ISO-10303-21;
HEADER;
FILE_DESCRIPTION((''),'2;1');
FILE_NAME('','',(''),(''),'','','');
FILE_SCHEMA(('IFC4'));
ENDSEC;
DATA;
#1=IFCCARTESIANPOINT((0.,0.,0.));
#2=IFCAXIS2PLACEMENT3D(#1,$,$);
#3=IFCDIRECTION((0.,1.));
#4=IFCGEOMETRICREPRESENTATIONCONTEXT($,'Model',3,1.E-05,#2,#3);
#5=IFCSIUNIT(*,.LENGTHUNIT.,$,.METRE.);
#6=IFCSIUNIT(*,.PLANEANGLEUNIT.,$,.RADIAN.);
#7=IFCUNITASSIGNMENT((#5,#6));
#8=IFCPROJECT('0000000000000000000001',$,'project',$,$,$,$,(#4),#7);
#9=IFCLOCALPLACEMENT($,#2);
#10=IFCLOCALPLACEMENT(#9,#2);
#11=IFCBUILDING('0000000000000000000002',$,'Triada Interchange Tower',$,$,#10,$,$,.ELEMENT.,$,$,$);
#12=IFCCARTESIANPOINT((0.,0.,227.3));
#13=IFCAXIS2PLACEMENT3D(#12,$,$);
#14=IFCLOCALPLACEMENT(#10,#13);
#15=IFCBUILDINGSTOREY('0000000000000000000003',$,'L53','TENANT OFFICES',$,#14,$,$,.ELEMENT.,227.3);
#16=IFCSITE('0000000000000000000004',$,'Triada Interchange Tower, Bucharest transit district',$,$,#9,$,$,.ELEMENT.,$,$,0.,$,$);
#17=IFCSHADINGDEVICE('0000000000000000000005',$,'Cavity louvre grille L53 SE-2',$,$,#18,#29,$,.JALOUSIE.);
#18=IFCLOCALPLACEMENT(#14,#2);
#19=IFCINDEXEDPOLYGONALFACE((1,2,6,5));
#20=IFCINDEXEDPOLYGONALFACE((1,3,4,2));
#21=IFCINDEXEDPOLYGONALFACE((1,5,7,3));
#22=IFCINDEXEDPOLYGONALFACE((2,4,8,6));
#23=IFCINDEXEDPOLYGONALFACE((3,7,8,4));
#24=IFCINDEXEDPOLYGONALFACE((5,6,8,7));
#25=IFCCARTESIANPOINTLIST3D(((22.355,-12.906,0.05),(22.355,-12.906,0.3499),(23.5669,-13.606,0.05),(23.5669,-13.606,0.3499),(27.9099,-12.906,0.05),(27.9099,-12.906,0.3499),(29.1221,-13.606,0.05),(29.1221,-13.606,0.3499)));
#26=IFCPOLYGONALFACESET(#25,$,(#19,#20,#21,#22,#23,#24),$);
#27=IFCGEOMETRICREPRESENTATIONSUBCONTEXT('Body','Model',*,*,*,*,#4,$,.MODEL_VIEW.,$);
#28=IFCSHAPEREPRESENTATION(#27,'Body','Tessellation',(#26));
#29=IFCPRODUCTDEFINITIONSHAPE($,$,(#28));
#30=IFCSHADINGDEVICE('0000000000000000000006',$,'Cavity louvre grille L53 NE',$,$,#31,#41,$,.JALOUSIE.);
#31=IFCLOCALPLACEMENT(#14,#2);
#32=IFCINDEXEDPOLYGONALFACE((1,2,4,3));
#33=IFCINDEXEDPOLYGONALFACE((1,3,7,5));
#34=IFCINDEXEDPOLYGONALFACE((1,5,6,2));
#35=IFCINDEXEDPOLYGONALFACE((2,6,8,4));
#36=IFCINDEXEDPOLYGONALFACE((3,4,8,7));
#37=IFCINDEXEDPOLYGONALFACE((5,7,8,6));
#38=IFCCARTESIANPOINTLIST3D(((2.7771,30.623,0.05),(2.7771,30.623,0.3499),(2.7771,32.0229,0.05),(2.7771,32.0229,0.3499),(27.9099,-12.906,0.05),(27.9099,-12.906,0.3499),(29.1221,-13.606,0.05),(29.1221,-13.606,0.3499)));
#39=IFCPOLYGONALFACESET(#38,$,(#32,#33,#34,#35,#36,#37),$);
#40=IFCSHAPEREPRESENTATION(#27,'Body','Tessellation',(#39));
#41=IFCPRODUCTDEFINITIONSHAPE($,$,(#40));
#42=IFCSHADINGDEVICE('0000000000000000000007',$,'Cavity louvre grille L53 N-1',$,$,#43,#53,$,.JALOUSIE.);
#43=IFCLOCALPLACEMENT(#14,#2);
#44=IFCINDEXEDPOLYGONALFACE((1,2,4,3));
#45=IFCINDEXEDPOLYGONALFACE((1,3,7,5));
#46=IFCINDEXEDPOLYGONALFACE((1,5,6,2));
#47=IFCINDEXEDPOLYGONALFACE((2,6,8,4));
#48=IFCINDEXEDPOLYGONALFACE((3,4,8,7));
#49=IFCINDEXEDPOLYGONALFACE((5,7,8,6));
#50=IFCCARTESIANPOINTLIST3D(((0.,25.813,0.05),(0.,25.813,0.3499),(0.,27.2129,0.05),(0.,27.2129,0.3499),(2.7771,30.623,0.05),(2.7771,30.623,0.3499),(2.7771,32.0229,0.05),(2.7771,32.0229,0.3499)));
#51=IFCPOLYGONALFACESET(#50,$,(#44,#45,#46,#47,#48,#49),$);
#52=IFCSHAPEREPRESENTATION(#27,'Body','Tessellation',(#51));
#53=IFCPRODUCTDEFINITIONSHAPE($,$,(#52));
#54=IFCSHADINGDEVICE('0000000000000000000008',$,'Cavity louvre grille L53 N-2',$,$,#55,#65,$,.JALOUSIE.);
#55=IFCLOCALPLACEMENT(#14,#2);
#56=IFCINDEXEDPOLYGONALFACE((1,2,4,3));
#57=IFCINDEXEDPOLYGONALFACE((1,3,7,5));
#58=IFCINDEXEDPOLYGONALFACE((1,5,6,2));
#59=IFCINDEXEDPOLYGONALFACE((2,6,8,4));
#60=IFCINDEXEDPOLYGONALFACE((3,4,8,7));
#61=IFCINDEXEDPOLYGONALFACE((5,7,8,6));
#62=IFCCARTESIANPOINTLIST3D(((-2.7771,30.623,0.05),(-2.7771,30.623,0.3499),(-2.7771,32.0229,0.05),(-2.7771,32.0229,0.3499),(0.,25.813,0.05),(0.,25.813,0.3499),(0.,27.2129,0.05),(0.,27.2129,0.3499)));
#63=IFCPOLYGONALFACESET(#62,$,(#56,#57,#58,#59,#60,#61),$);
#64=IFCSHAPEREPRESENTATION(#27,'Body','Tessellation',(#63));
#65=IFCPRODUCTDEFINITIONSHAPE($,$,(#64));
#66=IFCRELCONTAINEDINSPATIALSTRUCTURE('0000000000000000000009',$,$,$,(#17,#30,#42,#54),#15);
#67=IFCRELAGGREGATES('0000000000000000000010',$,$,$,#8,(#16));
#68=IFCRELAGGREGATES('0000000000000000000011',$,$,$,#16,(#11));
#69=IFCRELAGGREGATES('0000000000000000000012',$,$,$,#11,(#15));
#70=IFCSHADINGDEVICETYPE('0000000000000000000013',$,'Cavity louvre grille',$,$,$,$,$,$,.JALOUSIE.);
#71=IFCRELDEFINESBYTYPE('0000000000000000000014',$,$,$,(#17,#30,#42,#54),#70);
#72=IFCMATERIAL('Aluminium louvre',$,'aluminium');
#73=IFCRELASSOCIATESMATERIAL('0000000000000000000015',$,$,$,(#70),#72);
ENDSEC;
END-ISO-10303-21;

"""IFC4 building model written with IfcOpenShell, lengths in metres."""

from ifc_helpers import new_model, si_unit, direction, frame, origin, place, context, subcontext, project, spatial, polyline, outline, extrude, material, type_object, element, save


model = new_model("IFC4")

# Units and contexts
model_context = context("Model", 3, precision=1e-05, world=origin(), true_north=direction((0.0, 1.0)))
body_context = subcontext(model_context, "Body", "Model", "MODEL_VIEW")
ifc_project = project(units=[si_unit("LENGTHUNIT", "METRE"), si_unit("PLANEANGLEUNIT", "RADIAN")], contexts=[model_context])

# Site, building, storey
site_placement = place(None, origin())
site = spatial("IfcSite", under=ifc_project, at=site_placement, Name="Triada Interchange Tower, Bucharest transit district", CompositionType="ELEMENT", RefElevation=0.0)
building_placement = place(site_placement, origin())
building = spatial("IfcBuilding", under=site, at=building_placement, Name="Triada Interchange Tower", CompositionType="ELEMENT")
storey_placement = place(building_placement, frame((0.0, 0.0, 227.3)))
storey = spatial("IfcBuildingStorey", under=building, at=storey_placement, Name="L53", Description="TENANT OFFICES", CompositionType="ELEMENT", Elevation=227.3)

# Shading devices
ifc_material_1 = material(Name="Aluminium louvre", Category="aluminium")
shading_device_type = type_object("IfcShadingDeviceType", Name="Cavity louvre grille", PredefinedType="JALOUSIE", material=ifc_material_1)
shading_device_1_placement = place(storey_placement, frame((0.0, 0.0, 0.05)))
element("IfcShadingDevice", 1, at=shading_device_1_placement, inside=storey, type_object=shading_device_type, Name="Cavity louvre grille L53 SE-2", PredefinedType="JALOUSIE", context=body_context, shape_type="SweptSolid", body=[
    extrude(outline(polyline([(22.355, -12.906), (23.5669, -13.606), (29.1221, -13.606), (27.9099, -12.906), (22.355, -12.906)])), origin(), (0.0, 0.0, 1.0), 0.2998),
])
shading_device_2_placement = place(storey_placement, frame((0.0, 0.0, 0.05)))
element("IfcShadingDevice", 2, at=shading_device_2_placement, inside=storey, type_object=shading_device_type, Name="Cavity louvre grille L53 NE", PredefinedType="JALOUSIE", context=body_context, shape_type="SweptSolid", body=[
    extrude(outline(polyline([(27.9099, -12.906), (29.1221, -13.606), (2.7771, 32.0229), (2.7771, 30.623), (27.9099, -12.906)])), origin(), (0.0, 0.0, 1.0), 0.2998),
])
shading_device_3_placement = place(storey_placement, frame((0.0, 0.0, 0.05)))
element("IfcShadingDevice", 3, at=shading_device_3_placement, inside=storey, type_object=shading_device_type, Name="Cavity louvre grille L53 N-1", PredefinedType="JALOUSIE", context=body_context, shape_type="SweptSolid", body=[
    extrude(outline(polyline([(2.7771, 30.623), (2.7771, 32.0229), (0.0, 27.2129), (0.0, 25.813), (2.7771, 30.623)])), origin(), (0.0, 0.0, 1.0), 0.2998),
])
shading_device_4_placement = place(storey_placement, frame((0.0, 0.0, 0.05)))
element("IfcShadingDevice", 4, at=shading_device_4_placement, inside=storey, type_object=shading_device_type, Name="Cavity louvre grille L53 N-2", PredefinedType="JALOUSIE", context=body_context, shape_type="SweptSolid", body=[
    extrude(outline(polyline([(0.0, 25.813), (0.0, 27.2129), (-2.7771, 32.0229), (-2.7771, 30.623), (0.0, 25.813)])), origin(), (0.0, 0.0, 1.0), 0.2998),
])

save(model, "model.ifc")
